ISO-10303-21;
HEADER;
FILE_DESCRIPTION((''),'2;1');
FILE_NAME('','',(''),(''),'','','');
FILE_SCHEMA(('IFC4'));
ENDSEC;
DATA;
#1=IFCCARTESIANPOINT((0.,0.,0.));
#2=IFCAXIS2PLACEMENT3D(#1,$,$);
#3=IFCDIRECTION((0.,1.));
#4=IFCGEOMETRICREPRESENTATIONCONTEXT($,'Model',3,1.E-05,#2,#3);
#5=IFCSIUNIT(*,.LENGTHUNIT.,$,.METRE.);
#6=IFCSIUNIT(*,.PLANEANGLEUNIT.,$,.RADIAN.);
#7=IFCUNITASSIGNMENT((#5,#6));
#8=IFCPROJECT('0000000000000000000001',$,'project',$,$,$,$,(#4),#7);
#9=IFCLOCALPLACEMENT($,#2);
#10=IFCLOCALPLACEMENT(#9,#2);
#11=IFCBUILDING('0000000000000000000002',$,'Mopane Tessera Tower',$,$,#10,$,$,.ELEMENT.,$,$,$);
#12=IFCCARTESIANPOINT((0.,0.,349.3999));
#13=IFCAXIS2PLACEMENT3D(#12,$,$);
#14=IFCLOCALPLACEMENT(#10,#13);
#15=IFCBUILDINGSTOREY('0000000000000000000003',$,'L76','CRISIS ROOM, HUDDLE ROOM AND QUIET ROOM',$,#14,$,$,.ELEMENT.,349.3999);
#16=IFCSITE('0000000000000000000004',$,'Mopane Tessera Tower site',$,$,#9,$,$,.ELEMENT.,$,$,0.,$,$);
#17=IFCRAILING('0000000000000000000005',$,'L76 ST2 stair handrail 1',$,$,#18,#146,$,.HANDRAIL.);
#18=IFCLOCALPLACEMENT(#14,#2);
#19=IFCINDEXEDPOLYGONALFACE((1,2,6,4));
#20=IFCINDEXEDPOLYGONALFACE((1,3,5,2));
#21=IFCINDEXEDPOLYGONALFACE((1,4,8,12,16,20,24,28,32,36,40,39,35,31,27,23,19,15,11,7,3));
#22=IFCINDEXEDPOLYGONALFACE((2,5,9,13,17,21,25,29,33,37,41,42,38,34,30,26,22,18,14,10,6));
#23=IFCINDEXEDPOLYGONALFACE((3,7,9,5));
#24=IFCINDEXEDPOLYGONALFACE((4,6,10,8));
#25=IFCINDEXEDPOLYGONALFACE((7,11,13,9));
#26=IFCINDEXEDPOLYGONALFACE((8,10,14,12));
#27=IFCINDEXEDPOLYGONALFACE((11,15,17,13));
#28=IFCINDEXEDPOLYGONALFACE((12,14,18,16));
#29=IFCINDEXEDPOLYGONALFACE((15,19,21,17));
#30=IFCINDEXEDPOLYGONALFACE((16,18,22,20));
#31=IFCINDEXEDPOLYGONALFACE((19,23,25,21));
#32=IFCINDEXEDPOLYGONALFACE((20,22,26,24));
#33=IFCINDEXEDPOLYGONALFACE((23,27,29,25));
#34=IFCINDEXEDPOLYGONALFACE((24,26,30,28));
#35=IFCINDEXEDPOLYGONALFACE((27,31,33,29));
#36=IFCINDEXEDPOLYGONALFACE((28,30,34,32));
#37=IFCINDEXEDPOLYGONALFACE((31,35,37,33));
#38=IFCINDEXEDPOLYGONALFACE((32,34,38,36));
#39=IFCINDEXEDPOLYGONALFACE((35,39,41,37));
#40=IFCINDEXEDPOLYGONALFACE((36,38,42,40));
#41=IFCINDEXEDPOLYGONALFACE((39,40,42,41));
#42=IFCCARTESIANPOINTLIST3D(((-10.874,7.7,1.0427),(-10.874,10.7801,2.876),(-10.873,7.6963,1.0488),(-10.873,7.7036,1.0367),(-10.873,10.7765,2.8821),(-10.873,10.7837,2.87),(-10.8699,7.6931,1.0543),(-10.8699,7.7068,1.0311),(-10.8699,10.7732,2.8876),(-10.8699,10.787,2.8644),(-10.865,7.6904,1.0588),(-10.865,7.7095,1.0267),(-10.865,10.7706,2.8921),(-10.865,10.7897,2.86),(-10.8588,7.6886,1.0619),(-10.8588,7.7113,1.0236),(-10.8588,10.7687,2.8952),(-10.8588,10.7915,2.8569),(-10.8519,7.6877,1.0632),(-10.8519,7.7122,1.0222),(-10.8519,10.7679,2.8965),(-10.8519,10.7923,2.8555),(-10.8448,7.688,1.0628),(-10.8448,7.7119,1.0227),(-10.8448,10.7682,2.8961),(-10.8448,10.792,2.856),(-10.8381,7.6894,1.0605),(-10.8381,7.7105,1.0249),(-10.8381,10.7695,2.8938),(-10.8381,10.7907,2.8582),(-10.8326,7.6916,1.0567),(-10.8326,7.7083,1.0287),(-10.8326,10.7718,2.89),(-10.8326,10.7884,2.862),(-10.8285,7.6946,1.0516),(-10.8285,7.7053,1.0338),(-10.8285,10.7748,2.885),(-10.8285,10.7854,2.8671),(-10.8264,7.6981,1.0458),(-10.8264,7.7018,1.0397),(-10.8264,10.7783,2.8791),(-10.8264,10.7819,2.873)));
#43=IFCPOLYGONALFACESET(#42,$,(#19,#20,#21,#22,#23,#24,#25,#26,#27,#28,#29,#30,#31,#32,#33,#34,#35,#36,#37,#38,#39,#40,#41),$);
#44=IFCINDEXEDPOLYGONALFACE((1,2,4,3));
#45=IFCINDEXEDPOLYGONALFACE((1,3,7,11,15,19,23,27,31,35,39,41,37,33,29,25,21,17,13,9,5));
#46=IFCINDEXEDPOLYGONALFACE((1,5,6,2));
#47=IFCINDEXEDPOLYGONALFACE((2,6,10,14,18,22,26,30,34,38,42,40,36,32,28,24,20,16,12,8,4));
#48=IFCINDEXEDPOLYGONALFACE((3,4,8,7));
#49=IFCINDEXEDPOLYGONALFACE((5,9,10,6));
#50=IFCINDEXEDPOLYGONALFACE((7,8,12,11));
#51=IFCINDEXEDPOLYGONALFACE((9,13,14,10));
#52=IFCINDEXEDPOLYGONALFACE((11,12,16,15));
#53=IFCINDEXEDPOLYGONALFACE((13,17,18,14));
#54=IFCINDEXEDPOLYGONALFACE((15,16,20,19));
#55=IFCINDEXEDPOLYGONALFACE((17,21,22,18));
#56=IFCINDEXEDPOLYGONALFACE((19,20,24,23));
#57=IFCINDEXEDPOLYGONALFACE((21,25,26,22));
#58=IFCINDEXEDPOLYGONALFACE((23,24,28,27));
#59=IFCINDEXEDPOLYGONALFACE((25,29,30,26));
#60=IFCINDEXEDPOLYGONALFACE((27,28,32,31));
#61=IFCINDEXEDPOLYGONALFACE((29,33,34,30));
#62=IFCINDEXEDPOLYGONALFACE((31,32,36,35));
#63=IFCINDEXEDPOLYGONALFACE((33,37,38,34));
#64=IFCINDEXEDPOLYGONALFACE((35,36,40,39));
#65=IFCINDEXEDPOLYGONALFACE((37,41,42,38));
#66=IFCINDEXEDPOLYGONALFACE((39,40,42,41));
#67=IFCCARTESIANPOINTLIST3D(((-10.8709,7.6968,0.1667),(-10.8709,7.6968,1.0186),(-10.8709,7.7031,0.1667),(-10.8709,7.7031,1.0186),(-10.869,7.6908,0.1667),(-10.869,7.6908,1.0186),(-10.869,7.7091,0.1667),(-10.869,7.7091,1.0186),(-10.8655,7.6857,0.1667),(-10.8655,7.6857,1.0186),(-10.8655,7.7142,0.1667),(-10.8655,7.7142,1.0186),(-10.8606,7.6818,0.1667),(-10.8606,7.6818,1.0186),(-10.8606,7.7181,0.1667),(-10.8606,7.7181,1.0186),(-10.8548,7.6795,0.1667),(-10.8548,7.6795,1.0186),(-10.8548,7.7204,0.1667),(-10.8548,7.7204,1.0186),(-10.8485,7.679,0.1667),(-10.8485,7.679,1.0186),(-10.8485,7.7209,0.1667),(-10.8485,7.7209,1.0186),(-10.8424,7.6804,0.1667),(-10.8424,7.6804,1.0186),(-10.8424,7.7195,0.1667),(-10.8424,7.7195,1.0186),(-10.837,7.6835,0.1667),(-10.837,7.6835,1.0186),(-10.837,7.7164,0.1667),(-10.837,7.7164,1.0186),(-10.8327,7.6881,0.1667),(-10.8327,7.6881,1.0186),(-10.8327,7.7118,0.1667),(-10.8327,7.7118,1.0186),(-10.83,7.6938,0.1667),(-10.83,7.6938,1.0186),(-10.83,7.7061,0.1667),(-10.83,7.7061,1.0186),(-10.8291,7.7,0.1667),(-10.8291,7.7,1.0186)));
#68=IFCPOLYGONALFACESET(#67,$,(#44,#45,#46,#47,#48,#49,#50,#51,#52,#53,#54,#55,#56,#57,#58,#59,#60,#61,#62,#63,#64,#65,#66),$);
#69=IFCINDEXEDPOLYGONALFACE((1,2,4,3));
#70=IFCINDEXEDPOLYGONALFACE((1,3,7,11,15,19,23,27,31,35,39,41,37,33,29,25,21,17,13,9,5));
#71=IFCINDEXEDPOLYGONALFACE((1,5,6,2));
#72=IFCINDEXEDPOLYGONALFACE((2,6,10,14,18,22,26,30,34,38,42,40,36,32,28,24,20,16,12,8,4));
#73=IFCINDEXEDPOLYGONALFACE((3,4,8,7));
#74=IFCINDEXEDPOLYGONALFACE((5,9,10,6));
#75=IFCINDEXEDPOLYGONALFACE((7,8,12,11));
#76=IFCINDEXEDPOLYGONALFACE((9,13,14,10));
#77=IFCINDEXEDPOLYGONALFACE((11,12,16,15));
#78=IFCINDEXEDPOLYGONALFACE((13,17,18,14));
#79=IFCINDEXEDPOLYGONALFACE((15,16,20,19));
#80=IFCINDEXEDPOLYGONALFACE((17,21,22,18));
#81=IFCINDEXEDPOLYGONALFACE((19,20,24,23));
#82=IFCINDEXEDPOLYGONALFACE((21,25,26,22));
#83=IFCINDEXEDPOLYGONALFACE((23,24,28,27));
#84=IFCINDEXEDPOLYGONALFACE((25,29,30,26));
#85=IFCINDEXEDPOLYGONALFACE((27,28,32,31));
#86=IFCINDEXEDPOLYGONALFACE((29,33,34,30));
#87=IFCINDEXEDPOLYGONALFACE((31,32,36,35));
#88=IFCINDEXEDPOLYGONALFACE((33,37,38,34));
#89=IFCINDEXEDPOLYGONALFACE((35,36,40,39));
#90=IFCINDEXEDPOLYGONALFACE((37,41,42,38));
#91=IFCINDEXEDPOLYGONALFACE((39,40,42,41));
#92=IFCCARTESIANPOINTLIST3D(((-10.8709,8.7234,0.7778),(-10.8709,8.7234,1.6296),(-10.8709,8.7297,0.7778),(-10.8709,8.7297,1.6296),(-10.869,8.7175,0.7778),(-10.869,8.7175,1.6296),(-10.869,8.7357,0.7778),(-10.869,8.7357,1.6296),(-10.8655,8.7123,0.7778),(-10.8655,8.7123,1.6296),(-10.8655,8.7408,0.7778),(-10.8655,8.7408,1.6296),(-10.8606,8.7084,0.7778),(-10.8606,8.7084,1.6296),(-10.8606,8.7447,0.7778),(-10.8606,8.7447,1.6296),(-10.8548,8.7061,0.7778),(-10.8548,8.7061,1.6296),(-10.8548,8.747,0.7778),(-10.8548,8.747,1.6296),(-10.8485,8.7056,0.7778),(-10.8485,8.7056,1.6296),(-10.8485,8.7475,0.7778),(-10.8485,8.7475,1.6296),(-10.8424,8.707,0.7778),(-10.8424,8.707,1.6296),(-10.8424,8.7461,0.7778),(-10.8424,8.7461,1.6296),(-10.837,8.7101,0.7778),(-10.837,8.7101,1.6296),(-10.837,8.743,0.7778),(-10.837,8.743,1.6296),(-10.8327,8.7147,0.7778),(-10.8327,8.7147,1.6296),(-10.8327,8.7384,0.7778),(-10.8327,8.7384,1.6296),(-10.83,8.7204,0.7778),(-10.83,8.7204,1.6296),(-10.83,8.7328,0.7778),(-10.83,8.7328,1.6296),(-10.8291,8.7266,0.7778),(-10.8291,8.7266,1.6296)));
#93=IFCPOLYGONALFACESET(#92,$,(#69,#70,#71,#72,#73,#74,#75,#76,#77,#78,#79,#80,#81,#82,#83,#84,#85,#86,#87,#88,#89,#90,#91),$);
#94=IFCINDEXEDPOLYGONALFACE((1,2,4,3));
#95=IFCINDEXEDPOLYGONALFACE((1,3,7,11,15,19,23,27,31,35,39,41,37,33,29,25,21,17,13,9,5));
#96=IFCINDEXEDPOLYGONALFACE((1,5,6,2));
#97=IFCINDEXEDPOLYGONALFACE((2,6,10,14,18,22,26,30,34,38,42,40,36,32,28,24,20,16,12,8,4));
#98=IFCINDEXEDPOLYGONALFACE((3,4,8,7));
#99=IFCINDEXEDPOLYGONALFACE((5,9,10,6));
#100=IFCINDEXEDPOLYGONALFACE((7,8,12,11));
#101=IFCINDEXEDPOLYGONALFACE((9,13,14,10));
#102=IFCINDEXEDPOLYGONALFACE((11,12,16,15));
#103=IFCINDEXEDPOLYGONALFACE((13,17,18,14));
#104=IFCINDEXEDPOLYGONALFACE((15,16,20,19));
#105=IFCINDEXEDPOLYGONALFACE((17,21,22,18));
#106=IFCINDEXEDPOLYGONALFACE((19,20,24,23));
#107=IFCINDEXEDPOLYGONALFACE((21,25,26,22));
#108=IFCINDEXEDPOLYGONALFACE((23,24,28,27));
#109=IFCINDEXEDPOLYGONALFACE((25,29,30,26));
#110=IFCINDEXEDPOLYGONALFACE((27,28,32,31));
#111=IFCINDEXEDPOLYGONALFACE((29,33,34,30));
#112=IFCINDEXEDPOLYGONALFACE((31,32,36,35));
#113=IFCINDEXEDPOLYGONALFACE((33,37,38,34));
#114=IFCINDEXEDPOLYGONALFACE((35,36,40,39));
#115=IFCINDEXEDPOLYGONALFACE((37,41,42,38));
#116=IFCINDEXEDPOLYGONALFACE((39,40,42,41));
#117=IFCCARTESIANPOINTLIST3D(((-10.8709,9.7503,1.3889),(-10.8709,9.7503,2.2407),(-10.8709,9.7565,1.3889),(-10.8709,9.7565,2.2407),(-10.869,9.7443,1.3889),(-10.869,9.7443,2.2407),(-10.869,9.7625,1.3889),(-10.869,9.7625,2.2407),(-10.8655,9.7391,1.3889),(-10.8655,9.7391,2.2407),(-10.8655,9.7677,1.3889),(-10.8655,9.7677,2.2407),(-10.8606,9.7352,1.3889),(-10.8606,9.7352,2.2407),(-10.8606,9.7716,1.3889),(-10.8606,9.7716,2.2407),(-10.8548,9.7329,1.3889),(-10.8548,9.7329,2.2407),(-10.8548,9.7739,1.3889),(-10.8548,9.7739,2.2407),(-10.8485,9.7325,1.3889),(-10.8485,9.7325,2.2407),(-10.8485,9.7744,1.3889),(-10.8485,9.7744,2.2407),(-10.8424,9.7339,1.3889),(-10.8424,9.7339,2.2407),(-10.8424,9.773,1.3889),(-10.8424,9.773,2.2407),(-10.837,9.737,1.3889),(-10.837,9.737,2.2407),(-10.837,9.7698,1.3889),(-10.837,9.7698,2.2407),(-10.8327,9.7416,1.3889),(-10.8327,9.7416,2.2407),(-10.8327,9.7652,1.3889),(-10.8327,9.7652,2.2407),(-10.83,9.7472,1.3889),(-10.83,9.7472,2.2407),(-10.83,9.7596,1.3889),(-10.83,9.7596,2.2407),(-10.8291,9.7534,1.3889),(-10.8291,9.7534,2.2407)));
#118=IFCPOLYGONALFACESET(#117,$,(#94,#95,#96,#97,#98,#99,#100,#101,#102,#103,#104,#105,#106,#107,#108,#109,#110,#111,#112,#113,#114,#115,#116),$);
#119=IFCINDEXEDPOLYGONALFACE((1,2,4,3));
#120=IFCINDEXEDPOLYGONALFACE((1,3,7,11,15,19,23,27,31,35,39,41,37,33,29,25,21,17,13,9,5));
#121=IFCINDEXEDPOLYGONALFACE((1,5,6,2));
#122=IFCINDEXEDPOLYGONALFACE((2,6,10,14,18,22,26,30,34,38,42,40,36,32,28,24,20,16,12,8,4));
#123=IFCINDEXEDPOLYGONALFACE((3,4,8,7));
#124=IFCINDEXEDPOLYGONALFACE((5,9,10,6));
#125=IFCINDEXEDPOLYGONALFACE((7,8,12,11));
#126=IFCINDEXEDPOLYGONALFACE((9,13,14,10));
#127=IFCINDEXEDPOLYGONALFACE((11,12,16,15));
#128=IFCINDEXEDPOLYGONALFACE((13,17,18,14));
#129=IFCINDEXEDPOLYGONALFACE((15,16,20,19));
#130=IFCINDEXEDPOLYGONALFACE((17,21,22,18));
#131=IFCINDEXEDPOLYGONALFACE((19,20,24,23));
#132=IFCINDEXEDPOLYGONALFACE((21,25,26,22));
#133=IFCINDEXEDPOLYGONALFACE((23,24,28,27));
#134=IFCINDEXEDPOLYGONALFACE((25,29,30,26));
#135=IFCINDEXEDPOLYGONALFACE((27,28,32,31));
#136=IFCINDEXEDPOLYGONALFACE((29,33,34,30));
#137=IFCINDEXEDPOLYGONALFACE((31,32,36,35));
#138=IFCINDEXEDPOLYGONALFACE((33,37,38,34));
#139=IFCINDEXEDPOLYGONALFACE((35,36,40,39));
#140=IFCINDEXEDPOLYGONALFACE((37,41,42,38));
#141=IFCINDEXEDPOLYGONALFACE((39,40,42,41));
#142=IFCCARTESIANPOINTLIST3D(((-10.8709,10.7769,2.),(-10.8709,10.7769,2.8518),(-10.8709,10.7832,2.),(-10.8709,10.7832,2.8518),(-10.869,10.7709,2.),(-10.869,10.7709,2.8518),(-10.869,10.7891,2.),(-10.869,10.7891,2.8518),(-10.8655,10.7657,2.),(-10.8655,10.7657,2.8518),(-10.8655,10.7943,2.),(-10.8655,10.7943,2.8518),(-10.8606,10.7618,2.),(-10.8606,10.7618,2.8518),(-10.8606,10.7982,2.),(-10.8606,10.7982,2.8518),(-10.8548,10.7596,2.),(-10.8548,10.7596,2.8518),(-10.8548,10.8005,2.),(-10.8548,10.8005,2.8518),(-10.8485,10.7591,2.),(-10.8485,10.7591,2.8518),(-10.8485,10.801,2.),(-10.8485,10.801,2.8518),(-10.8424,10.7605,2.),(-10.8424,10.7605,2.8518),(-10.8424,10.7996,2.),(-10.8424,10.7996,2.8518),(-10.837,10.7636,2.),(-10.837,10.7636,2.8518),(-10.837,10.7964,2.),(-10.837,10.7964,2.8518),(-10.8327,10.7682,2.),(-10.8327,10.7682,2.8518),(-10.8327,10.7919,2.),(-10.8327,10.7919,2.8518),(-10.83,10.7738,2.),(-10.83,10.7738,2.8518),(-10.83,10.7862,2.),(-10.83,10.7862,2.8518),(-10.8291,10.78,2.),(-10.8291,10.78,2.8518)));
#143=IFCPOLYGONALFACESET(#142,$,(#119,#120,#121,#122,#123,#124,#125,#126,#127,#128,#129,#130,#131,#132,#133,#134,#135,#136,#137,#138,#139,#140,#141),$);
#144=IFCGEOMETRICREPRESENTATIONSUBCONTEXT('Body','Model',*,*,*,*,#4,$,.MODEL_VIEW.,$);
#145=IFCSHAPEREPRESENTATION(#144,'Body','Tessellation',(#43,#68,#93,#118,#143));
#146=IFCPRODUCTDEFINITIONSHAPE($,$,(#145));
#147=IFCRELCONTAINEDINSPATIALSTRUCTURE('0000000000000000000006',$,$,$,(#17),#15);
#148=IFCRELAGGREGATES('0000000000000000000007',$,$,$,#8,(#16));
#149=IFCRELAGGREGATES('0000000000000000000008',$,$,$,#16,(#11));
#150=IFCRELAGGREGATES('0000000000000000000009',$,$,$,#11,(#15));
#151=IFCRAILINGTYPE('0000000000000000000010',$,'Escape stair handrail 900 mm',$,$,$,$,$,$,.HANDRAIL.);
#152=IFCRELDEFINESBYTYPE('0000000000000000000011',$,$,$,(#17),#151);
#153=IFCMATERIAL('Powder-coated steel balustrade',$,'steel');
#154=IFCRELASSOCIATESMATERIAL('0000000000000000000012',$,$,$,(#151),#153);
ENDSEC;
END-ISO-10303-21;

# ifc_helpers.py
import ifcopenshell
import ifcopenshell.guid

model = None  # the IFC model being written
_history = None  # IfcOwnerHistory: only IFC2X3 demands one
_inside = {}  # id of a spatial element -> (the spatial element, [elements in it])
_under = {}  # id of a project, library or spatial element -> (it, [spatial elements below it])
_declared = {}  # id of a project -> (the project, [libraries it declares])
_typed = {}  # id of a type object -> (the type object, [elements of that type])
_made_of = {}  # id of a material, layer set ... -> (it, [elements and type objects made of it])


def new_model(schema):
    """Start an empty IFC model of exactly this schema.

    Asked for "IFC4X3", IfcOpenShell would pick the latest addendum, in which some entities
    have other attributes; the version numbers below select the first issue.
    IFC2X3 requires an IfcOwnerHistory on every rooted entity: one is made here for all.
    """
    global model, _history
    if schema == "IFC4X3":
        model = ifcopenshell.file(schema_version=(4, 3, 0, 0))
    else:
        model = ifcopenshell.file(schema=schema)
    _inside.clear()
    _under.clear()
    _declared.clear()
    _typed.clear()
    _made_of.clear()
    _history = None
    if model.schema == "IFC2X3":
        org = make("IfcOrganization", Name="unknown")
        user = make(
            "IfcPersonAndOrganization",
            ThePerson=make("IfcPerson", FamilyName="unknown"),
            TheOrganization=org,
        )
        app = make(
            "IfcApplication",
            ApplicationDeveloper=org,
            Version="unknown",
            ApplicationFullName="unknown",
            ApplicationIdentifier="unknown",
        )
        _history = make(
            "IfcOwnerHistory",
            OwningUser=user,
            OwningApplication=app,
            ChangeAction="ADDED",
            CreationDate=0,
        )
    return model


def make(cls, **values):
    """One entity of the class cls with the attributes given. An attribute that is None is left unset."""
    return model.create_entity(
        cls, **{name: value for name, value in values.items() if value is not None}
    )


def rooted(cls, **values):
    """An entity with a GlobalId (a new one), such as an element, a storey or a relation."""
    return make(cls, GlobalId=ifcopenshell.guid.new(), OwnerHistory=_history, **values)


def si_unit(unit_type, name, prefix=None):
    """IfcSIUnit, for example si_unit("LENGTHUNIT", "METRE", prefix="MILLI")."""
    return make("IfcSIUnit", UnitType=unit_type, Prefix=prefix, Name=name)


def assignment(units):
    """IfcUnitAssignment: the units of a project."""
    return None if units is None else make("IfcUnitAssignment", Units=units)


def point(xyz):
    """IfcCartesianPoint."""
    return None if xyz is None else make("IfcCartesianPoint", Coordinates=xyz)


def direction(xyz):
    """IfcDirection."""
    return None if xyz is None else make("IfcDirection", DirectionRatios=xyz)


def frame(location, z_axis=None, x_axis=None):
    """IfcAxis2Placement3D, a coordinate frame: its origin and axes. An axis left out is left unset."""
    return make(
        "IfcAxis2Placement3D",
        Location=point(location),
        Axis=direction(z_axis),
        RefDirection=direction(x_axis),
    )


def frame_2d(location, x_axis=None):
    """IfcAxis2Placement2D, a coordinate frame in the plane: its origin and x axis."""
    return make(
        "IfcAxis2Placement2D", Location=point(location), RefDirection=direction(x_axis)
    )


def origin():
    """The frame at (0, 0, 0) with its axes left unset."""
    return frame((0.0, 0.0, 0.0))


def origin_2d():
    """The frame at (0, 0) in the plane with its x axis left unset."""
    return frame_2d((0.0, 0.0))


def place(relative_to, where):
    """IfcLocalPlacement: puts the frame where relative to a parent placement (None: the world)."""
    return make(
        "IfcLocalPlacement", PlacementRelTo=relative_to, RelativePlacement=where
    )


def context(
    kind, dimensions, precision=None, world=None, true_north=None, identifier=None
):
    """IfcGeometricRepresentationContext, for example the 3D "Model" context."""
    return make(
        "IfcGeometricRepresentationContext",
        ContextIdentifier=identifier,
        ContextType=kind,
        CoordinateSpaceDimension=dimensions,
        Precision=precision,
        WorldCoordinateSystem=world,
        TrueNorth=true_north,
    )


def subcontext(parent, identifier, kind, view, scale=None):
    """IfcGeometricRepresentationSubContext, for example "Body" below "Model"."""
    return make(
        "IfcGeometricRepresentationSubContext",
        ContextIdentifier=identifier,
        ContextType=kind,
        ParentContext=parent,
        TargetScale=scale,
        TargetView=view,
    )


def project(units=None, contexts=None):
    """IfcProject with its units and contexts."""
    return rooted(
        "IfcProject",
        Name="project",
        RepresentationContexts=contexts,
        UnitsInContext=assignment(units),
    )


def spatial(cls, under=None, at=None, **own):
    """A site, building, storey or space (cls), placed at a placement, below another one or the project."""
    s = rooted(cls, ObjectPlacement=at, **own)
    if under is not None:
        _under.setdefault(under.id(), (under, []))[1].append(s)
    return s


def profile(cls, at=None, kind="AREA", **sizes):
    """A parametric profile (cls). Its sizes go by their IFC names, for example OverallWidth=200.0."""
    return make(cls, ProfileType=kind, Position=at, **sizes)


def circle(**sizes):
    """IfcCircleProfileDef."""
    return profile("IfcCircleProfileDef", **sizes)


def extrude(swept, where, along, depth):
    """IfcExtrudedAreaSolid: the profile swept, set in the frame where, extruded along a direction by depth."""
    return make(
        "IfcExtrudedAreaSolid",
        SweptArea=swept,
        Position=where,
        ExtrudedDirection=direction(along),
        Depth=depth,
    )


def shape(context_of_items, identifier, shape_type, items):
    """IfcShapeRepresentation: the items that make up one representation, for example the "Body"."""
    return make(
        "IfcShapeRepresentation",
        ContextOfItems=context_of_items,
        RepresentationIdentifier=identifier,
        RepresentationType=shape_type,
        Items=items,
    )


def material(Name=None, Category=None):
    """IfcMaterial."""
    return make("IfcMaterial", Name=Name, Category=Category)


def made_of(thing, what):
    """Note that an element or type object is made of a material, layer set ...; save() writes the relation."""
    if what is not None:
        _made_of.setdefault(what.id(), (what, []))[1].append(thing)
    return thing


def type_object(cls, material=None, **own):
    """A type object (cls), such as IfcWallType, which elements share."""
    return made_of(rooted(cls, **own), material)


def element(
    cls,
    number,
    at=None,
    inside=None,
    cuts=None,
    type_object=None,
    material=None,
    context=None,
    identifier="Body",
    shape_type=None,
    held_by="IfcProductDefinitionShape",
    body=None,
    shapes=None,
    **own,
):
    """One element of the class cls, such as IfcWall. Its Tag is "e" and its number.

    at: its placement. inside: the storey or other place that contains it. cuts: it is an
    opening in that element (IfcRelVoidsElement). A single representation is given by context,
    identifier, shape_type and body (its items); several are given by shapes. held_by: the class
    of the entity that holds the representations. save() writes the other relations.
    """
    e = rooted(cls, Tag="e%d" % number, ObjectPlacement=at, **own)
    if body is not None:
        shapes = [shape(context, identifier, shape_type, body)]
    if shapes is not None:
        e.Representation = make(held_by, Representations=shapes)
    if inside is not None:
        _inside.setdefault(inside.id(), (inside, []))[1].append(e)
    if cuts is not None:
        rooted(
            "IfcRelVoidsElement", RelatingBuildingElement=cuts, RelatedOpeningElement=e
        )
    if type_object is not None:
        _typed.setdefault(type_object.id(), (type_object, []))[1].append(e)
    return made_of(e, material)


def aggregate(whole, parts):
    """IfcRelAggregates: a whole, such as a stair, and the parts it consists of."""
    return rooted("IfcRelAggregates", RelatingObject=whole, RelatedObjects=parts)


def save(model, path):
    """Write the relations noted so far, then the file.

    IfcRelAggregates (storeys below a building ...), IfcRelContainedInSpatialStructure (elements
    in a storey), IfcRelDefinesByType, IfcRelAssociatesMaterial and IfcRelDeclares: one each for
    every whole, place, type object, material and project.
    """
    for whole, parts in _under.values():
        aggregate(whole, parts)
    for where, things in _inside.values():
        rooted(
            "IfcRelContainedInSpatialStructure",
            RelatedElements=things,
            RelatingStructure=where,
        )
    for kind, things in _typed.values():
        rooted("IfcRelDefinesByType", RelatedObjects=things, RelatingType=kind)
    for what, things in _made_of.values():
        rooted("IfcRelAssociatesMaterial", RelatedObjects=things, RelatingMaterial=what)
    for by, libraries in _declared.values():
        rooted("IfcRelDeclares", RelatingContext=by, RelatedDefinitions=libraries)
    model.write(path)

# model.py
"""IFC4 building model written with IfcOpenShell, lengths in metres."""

from ifc_helpers import new_model, si_unit, direction, frame, origin, origin_2d, place, context, subcontext, project, spatial, circle, extrude, material, type_object, element, save


model = new_model("IFC4")

# Units and contexts
model_context = context("Model", 3, precision=1e-05, world=origin(), true_north=direction((0.0, 1.0)))
body_context = subcontext(model_context, "Body", "Model", "MODEL_VIEW")
ifc_project = project(units=[si_unit("LENGTHUNIT", "METRE"), si_unit("PLANEANGLEUNIT", "RADIAN")], contexts=[model_context])

# Site, building, storey
site_placement = place(None, origin())
site = spatial("IfcSite", under=ifc_project, at=site_placement, Name="Mopane Tessera Tower site", CompositionType="ELEMENT", RefElevation=0.0)
building_placement = place(site_placement, origin())
building = spatial("IfcBuilding", under=site, at=building_placement, Name="Mopane Tessera Tower", CompositionType="ELEMENT")
storey_placement = place(building_placement, frame((0.0, 0.0, 349.3999)))
storey = spatial("IfcBuildingStorey", under=building, at=storey_placement, Name="L76", Description="CRISIS ROOM, HUDDLE ROOM AND QUIET ROOM", CompositionType="ELEMENT", Elevation=349.3999)

# Railing
ifc_material_1 = material(Name="Powder-coated steel balustrade", Category="steel")
railing_type = type_object("IfcRailingType", Name="Escape stair handrail 900 mm", PredefinedType="HANDRAIL", material=ifc_material_1)
railing_placement = place(storey_placement, frame((-10.8501, 7.7, 0.1667)))
element("IfcRailing", 1, at=railing_placement, inside=storey, type_object=railing_type, Name="L76 ST2 stair handrail 1", PredefinedType="HANDRAIL", context=body_context, shape_type="SweptSolid", body=[
    extrude(circle(Radius=0.0239, at=origin_2d()), frame((0.0, 0.0, 0.876), z_axis=(0.0, 0.859309, 0.511458), x_axis=(-1.0, 0.0, 0.0)), (0.0, 0.0, 1.0), 3.5845),
    extrude(circle(Radius=0.021, at=origin_2d()), origin(), (0.0, 0.0, 1.0), 0.8518),
    extrude(circle(Radius=0.021, at=origin_2d()), frame((0.0, 1.0266, 0.6111)), (0.0, 0.0, 1.0), 0.8518),
    extrude(circle(Radius=0.021, at=origin_2d()), frame((0.0, 2.0535, 1.2222)), (0.0, 0.0, 1.0), 0.8518),
    extrude(circle(Radius=0.021, at=origin_2d()), frame((0.0, 3.0801, 1.8333)), (0.0, 0.0, 1.0), 0.8518),
])

save(model, "model.ifc")
